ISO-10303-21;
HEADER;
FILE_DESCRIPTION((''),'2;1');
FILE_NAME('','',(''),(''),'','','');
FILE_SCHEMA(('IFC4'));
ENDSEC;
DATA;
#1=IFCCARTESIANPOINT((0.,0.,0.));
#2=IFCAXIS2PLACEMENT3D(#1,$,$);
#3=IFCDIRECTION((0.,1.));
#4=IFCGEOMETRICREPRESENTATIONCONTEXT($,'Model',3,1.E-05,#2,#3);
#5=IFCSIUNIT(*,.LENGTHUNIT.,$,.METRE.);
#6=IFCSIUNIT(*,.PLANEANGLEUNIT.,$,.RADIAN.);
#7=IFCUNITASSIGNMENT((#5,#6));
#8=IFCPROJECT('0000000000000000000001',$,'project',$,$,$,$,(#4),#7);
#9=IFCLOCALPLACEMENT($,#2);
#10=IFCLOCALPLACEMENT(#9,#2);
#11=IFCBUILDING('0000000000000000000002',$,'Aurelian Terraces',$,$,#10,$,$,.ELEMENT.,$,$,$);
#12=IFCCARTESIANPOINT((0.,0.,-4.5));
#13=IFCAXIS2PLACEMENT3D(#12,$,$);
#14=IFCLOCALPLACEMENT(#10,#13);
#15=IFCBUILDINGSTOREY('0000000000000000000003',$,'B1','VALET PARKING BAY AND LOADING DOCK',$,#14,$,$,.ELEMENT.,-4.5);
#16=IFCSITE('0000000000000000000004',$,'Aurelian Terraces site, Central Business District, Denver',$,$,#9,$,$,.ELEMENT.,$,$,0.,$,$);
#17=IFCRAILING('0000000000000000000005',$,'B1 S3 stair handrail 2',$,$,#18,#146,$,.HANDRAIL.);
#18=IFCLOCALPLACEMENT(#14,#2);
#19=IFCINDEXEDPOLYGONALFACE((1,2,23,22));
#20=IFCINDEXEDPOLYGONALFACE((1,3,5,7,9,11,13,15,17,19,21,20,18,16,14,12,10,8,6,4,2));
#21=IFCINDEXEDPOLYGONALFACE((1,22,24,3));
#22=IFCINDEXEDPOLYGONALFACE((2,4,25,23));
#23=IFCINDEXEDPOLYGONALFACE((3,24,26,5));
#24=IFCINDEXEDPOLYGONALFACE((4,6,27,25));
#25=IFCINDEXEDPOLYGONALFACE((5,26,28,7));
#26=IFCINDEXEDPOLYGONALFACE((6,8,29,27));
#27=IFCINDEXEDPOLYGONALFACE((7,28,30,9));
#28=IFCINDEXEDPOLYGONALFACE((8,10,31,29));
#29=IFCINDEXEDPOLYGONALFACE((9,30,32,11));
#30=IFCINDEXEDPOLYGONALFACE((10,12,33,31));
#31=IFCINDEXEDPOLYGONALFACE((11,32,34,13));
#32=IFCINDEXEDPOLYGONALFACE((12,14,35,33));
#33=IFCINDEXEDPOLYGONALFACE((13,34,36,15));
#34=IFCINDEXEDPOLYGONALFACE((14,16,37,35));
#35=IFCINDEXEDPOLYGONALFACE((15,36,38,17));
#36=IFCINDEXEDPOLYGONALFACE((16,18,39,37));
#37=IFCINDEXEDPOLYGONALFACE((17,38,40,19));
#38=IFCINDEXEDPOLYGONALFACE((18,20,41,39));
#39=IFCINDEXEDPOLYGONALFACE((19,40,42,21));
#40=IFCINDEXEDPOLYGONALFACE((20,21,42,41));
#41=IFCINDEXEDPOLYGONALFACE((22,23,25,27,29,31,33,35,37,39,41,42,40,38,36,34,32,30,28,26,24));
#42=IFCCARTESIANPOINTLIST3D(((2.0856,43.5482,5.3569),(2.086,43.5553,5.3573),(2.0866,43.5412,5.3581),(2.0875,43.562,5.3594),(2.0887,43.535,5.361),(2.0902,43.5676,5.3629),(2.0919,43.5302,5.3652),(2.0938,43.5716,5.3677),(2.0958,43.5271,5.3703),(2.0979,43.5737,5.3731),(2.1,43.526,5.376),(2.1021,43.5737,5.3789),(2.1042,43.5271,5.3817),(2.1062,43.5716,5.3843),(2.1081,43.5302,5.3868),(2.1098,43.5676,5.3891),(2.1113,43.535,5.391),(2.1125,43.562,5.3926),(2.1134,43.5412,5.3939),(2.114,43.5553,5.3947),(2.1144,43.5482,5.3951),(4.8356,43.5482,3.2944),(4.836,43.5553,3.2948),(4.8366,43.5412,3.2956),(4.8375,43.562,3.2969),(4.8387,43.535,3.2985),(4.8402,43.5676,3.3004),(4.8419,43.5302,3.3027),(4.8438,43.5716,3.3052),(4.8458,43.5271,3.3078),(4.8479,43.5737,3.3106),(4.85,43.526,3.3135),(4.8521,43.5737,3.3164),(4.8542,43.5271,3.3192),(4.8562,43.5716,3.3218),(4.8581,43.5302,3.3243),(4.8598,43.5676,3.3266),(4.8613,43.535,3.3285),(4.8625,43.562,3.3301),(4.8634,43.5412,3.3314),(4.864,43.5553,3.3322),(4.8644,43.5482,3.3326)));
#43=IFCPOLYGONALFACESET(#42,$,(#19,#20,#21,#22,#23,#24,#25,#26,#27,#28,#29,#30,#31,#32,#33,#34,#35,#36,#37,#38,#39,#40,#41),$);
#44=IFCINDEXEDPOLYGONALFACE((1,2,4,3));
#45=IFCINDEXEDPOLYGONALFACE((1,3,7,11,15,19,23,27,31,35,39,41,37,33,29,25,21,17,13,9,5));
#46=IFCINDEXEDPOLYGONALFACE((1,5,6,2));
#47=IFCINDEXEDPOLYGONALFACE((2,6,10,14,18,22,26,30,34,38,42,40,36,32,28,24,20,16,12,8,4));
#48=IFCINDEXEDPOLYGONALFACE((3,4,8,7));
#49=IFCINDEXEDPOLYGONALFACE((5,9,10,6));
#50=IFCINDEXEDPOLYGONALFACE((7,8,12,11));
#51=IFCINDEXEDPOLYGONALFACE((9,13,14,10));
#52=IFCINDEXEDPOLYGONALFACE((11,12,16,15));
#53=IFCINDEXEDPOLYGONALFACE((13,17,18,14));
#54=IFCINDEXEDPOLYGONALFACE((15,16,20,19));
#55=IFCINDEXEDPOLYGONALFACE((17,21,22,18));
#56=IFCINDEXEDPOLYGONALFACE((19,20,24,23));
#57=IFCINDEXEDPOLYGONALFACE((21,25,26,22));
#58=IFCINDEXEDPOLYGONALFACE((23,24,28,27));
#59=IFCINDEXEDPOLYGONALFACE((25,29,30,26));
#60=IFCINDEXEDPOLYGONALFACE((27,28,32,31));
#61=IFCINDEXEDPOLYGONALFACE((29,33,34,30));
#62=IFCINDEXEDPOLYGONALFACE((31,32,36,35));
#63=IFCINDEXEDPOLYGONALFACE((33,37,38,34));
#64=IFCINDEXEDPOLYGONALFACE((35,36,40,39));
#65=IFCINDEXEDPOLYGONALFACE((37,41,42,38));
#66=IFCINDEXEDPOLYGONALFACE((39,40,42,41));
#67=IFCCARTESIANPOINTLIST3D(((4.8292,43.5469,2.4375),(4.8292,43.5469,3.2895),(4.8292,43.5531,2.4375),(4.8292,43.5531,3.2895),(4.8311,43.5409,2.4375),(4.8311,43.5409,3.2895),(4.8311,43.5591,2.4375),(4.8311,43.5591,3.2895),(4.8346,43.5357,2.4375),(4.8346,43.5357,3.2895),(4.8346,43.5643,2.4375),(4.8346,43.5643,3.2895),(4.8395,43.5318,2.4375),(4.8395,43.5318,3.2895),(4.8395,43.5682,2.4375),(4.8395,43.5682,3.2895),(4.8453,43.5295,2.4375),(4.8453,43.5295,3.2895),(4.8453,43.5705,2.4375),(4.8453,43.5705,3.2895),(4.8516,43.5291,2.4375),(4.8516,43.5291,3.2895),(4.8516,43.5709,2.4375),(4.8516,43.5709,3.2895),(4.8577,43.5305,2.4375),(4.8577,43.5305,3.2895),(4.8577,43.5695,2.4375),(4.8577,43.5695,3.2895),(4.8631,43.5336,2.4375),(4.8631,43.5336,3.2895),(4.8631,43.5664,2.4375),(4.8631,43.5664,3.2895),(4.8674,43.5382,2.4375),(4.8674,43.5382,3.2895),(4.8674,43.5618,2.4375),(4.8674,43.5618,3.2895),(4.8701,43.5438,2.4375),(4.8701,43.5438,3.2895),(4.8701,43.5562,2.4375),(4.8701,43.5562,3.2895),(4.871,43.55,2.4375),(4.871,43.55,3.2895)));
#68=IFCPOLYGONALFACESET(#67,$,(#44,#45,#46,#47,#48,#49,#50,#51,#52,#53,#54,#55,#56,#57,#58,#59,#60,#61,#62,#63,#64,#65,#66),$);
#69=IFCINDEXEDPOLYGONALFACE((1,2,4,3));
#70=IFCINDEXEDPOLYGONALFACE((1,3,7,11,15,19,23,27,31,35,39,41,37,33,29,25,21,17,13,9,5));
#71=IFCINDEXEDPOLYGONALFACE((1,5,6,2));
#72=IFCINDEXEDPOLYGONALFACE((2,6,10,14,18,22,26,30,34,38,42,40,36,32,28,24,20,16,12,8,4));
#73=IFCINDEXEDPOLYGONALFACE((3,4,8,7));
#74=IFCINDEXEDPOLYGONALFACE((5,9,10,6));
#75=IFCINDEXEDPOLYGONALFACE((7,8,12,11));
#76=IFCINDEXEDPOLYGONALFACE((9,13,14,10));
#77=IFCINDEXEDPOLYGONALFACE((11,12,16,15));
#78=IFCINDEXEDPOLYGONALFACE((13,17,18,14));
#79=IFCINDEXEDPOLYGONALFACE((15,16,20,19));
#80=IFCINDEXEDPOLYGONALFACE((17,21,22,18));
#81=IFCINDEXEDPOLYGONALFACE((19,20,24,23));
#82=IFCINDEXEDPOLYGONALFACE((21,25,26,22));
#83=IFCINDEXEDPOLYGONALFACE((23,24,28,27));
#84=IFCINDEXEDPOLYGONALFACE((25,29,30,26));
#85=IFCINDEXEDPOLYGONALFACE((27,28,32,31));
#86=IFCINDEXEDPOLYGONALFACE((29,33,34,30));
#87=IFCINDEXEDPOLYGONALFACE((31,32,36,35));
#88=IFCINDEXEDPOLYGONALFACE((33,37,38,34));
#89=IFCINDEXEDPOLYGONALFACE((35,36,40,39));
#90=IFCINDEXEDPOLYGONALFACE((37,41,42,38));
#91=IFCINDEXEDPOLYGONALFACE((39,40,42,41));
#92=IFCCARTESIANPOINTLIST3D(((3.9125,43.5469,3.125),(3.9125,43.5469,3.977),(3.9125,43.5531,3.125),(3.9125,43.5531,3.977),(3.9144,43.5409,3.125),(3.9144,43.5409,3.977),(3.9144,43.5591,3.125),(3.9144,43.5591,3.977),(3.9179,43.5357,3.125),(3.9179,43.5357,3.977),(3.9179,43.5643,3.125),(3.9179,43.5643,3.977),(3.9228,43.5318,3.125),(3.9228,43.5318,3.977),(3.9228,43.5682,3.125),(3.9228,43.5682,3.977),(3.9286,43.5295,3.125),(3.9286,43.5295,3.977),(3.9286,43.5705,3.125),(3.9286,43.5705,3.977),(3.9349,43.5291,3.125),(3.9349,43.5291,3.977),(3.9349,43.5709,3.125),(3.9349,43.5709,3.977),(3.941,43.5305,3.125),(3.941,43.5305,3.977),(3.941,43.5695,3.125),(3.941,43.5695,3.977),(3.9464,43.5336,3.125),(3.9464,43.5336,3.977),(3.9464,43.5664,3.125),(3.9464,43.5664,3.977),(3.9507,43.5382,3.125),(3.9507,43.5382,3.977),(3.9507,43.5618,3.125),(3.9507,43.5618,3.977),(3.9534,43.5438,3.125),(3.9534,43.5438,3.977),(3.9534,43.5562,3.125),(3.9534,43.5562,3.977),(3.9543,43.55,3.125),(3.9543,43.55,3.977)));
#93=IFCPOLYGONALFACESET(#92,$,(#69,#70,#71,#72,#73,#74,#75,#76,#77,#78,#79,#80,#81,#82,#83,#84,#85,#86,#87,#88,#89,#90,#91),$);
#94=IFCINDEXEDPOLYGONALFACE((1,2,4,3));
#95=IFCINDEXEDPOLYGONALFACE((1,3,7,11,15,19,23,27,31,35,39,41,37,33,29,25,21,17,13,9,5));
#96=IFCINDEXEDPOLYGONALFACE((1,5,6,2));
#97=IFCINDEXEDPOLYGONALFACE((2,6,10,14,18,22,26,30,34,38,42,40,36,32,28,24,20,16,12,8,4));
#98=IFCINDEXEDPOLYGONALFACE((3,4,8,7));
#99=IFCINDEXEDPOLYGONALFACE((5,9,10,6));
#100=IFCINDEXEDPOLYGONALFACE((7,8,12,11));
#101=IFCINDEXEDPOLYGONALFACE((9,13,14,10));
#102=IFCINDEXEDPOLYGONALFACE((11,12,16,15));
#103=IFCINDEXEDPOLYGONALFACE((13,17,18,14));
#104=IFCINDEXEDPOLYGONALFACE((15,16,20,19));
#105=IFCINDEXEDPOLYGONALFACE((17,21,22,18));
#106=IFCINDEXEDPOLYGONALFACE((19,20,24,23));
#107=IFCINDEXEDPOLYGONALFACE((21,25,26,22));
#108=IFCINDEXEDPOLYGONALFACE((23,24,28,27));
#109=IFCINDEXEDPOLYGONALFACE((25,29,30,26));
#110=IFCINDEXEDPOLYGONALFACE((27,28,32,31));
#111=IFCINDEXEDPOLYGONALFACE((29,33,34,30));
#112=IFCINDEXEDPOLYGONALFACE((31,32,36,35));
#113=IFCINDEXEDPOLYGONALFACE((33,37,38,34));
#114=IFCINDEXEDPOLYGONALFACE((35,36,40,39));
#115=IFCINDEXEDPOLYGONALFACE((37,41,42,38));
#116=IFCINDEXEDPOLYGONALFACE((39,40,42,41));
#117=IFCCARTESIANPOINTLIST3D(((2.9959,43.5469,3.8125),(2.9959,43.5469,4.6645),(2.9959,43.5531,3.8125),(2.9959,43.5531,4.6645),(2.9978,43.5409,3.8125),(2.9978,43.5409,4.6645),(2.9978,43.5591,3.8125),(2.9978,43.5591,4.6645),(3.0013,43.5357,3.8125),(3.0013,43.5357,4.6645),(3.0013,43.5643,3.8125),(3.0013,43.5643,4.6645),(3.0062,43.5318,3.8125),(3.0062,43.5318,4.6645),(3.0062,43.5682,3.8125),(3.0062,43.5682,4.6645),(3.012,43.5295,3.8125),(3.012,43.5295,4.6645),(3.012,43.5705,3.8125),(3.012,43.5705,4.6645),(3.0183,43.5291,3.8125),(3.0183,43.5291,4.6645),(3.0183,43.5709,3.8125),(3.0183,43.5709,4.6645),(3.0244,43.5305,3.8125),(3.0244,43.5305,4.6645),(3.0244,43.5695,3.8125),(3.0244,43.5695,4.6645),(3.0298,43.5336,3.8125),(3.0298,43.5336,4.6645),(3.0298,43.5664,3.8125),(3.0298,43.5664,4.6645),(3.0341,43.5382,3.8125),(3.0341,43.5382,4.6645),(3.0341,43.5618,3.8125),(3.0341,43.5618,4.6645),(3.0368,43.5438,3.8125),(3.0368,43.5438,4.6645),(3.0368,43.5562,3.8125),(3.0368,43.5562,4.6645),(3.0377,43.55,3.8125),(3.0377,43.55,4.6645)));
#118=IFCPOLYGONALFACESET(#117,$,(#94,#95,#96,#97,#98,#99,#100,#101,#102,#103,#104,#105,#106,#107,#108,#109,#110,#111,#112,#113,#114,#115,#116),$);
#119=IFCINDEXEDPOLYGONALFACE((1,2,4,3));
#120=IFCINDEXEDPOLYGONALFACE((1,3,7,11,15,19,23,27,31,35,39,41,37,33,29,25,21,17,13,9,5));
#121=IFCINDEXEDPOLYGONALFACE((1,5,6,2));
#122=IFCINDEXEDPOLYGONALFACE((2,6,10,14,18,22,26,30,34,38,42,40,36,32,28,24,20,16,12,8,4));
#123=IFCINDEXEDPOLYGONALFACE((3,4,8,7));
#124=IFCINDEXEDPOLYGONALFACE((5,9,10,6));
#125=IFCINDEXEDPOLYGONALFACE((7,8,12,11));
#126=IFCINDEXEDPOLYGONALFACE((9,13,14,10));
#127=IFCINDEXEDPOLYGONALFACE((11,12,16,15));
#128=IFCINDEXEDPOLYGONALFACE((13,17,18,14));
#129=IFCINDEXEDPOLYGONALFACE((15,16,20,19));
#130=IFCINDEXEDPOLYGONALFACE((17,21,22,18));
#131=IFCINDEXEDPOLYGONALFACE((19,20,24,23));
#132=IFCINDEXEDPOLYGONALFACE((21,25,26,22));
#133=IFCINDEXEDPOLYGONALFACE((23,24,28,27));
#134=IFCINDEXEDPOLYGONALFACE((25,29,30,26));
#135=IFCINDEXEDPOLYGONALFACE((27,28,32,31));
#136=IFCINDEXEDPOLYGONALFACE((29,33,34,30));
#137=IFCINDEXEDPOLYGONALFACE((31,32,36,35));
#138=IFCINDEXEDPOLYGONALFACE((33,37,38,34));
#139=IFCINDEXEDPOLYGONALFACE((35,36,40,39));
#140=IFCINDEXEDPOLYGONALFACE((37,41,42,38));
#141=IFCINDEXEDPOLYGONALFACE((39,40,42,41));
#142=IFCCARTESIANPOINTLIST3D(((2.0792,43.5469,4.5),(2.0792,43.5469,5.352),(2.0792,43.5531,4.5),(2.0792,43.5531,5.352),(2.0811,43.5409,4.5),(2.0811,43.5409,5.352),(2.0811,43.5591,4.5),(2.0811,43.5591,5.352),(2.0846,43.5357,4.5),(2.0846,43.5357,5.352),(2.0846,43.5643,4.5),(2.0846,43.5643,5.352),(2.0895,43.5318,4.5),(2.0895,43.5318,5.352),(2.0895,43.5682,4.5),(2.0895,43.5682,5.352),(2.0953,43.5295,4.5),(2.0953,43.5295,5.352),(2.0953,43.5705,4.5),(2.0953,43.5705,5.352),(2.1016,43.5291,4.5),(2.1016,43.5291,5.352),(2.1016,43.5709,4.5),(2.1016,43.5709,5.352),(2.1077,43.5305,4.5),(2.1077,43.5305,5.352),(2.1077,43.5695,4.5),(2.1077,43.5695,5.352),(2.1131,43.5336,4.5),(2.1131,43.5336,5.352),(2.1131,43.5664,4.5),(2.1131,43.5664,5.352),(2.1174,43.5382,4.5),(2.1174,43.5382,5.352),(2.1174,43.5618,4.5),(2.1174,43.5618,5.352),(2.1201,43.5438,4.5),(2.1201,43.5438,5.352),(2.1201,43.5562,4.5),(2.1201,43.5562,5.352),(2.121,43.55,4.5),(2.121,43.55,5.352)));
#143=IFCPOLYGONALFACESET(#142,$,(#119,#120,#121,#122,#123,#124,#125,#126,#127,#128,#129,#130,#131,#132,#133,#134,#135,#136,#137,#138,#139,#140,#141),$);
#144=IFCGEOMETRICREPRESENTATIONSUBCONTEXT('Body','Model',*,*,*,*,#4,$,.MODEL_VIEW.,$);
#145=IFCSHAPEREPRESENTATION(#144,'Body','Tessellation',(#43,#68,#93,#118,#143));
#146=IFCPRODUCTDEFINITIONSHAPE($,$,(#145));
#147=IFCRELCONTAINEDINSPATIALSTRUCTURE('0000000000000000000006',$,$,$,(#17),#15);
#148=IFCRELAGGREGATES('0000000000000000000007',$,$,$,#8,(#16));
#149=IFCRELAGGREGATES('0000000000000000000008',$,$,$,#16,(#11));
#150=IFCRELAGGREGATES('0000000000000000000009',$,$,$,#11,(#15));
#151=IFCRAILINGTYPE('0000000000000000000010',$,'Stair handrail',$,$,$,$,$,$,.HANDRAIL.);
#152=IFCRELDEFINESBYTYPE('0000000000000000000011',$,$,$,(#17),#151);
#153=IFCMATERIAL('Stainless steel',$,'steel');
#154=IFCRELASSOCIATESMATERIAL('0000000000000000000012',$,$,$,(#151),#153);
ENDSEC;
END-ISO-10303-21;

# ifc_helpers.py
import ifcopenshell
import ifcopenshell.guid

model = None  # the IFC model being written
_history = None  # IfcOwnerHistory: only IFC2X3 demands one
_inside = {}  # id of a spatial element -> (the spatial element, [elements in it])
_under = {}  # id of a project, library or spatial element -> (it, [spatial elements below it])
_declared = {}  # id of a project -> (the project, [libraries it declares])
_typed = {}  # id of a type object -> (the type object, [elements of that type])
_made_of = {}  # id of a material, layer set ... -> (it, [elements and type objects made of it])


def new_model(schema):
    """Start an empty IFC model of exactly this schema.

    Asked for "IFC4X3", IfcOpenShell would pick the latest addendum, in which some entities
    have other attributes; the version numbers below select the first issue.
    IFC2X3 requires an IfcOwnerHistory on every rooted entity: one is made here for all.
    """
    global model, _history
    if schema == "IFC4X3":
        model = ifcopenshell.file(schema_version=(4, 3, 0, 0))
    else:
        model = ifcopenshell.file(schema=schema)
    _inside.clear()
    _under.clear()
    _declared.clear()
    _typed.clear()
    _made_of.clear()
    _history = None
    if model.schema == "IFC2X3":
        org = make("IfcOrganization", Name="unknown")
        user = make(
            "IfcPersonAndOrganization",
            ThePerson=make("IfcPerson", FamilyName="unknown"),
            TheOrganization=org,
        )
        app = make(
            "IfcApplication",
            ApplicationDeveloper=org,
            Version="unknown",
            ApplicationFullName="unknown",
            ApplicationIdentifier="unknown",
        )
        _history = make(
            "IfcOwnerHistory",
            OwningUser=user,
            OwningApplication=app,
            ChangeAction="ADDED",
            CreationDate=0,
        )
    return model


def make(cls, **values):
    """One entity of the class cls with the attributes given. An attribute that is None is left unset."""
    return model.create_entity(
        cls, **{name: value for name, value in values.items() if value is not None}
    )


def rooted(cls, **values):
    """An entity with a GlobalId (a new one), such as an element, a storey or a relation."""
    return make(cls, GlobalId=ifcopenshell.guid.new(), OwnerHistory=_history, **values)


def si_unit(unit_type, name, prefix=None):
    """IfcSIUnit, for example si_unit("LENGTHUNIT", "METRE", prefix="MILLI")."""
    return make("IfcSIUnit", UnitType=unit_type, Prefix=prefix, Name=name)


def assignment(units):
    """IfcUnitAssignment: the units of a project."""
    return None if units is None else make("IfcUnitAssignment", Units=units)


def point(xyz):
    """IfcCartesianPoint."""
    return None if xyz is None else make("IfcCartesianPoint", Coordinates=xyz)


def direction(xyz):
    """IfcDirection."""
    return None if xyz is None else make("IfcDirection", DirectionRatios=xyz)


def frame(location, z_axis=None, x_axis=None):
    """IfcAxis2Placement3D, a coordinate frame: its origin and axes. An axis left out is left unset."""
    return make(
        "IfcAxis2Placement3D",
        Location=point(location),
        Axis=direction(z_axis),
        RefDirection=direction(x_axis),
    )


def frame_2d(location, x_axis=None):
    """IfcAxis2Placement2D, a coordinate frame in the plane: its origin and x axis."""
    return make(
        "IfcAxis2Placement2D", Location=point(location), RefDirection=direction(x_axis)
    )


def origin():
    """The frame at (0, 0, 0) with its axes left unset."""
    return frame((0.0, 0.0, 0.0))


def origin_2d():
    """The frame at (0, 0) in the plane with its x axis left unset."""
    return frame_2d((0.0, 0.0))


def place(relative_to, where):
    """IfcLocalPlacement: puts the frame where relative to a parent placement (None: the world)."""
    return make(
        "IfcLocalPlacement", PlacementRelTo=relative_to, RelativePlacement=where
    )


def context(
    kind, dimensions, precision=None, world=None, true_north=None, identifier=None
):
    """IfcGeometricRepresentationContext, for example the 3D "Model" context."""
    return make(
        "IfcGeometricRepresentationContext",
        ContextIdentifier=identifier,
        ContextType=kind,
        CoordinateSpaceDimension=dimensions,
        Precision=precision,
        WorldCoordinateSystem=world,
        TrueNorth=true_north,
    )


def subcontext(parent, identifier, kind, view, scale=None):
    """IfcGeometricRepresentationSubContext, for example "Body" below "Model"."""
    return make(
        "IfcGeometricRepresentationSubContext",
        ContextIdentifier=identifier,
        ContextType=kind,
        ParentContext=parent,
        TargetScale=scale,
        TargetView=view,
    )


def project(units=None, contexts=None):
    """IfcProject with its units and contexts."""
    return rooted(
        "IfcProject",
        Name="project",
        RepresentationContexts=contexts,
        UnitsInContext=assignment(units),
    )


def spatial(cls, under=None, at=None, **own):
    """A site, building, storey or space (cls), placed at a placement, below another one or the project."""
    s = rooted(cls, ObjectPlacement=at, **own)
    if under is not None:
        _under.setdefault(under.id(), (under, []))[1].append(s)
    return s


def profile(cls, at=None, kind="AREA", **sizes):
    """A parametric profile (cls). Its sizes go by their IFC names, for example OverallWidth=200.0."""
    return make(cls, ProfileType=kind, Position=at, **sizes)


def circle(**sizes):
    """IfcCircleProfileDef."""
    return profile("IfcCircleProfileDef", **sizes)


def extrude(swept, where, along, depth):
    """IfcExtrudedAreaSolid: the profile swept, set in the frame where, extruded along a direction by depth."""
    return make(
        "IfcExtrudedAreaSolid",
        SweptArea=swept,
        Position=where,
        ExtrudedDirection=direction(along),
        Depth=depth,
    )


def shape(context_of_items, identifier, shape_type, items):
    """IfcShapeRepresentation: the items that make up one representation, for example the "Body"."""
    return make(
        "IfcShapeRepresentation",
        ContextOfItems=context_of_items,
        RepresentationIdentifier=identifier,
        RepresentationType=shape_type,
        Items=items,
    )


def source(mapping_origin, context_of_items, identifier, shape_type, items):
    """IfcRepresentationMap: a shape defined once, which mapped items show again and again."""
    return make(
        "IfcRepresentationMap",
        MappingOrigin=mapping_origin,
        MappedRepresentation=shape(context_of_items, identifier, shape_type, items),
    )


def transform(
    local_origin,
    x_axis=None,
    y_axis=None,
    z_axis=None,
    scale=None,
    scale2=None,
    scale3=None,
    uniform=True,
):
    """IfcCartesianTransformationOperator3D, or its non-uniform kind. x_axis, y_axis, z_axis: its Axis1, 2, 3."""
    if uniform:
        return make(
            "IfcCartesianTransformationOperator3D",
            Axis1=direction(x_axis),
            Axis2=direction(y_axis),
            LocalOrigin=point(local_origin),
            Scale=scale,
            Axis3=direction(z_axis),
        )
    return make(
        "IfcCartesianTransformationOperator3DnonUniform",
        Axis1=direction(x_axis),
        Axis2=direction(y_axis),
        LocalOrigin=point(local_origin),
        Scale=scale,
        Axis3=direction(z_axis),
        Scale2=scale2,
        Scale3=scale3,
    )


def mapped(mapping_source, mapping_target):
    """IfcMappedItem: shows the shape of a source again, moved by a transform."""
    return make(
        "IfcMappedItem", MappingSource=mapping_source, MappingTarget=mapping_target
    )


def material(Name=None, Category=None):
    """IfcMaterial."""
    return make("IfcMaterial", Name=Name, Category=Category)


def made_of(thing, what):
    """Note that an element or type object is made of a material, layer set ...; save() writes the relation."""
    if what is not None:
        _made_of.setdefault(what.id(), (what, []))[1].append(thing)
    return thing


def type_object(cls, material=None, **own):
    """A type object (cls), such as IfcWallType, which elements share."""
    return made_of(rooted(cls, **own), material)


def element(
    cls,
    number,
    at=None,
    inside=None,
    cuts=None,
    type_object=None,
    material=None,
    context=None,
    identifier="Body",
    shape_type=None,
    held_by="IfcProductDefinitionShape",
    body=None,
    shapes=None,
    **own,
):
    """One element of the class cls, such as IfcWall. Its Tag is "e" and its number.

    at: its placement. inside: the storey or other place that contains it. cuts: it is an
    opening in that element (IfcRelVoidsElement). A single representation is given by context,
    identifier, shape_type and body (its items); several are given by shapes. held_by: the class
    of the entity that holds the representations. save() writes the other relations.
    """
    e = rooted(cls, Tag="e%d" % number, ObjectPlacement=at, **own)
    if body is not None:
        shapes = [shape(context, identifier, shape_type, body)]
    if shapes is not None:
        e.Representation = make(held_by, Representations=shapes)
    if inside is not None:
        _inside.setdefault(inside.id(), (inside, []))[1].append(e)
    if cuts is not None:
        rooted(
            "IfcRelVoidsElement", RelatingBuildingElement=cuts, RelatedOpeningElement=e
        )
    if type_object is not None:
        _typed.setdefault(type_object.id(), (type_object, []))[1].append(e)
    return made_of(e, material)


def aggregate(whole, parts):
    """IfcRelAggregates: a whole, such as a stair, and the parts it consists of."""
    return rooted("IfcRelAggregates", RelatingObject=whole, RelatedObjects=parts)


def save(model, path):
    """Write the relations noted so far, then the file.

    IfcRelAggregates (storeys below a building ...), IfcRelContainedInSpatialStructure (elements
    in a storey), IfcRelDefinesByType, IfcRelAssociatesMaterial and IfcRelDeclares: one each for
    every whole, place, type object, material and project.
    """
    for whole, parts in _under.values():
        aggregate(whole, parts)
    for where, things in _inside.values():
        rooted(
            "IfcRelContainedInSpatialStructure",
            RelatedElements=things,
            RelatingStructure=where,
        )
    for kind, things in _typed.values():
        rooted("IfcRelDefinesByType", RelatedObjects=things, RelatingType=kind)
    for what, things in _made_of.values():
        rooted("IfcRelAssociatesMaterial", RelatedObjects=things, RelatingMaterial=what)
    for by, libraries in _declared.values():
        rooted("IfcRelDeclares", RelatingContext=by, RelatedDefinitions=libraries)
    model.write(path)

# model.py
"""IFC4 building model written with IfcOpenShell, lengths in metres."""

from ifc_helpers import new_model, si_unit, direction, frame, origin, origin_2d, place, context, subcontext, project, spatial, circle, extrude, source, transform, mapped, material, type_object, element, save


model = new_model("IFC4")

# Units and contexts
model_context = context("Model", 3, precision=1e-05, world=origin(), true_north=direction((0.0, 1.0)))
body_context = subcontext(model_context, "Body", "Model", "MODEL_VIEW")
ifc_project = project(units=[si_unit("LENGTHUNIT", "METRE"), si_unit("PLANEANGLEUNIT", "RADIAN")], contexts=[model_context])

# Site, building, storey
site_placement = place(None, origin())
site = spatial("IfcSite", under=ifc_project, at=site_placement, Name="Aurelian Terraces site, Central Business District, Denver", CompositionType="ELEMENT", RefElevation=0.0)
building_placement = place(site_placement, origin())
building = spatial("IfcBuilding", under=site, at=building_placement, Name="Aurelian Terraces", CompositionType="ELEMENT")
storey_placement = place(building_placement, frame((0.0, 0.0, -4.5)))
storey = spatial("IfcBuildingStorey", under=building, at=storey_placement, Name="B1", Description="VALET PARKING BAY AND LOADING DOCK", CompositionType="ELEMENT", Elevation=-4.5)

# Railing
ifc_material_1 = material(Name="Stainless steel", Category="steel")
railing_type_1 = type_object("IfcRailingType", Name="Stair handrail", PredefinedType="HANDRAIL", material=ifc_material_1)
shared_shape_1 = source(origin(), body_context, "Body", "SweptSolid", [
    extrude(circle(Radius=0.024, at=origin_2d()), frame((0.0, 0.0, 0.876), z_axis=(-0.8, 0.0, 0.6), x_axis=(0.0, -1.0, 0.0)), (0.0, 0.0, 1.0), 3.4375),
    extrude(circle(Radius=0.021, at=origin_2d()), origin(), (0.0, 0.0, 1.0), 0.852),
    extrude(circle(Radius=0.021, at=origin_2d()), frame((-0.9167, 0.0, 0.6875)), (0.0, 0.0, 1.0), 0.852),
    extrude(circle(Radius=0.021, at=origin_2d()), frame((-1.8333, 0.0, 1.375)), (0.0, 0.0, 1.0), 0.852),
    extrude(circle(Radius=0.021, at=origin_2d()), frame((-2.75, 0.0, 2.0625)), (0.0, 0.0, 1.0), 0.852),
])
railing_1_placement = place(storey_placement, frame((4.85, 43.55, 2.4375)))
element("IfcRailing", 1, at=railing_1_placement, inside=storey, type_object=railing_type_1, Name="B1 S3 stair handrail 2", PredefinedType="HANDRAIL", context=body_context, shape_type="MappedRepresentation", body=[
    mapped(shared_shape_1, transform((0.0, 0.0, 0.0), scale=1.0)),
])

save(model, "model.ifc")
